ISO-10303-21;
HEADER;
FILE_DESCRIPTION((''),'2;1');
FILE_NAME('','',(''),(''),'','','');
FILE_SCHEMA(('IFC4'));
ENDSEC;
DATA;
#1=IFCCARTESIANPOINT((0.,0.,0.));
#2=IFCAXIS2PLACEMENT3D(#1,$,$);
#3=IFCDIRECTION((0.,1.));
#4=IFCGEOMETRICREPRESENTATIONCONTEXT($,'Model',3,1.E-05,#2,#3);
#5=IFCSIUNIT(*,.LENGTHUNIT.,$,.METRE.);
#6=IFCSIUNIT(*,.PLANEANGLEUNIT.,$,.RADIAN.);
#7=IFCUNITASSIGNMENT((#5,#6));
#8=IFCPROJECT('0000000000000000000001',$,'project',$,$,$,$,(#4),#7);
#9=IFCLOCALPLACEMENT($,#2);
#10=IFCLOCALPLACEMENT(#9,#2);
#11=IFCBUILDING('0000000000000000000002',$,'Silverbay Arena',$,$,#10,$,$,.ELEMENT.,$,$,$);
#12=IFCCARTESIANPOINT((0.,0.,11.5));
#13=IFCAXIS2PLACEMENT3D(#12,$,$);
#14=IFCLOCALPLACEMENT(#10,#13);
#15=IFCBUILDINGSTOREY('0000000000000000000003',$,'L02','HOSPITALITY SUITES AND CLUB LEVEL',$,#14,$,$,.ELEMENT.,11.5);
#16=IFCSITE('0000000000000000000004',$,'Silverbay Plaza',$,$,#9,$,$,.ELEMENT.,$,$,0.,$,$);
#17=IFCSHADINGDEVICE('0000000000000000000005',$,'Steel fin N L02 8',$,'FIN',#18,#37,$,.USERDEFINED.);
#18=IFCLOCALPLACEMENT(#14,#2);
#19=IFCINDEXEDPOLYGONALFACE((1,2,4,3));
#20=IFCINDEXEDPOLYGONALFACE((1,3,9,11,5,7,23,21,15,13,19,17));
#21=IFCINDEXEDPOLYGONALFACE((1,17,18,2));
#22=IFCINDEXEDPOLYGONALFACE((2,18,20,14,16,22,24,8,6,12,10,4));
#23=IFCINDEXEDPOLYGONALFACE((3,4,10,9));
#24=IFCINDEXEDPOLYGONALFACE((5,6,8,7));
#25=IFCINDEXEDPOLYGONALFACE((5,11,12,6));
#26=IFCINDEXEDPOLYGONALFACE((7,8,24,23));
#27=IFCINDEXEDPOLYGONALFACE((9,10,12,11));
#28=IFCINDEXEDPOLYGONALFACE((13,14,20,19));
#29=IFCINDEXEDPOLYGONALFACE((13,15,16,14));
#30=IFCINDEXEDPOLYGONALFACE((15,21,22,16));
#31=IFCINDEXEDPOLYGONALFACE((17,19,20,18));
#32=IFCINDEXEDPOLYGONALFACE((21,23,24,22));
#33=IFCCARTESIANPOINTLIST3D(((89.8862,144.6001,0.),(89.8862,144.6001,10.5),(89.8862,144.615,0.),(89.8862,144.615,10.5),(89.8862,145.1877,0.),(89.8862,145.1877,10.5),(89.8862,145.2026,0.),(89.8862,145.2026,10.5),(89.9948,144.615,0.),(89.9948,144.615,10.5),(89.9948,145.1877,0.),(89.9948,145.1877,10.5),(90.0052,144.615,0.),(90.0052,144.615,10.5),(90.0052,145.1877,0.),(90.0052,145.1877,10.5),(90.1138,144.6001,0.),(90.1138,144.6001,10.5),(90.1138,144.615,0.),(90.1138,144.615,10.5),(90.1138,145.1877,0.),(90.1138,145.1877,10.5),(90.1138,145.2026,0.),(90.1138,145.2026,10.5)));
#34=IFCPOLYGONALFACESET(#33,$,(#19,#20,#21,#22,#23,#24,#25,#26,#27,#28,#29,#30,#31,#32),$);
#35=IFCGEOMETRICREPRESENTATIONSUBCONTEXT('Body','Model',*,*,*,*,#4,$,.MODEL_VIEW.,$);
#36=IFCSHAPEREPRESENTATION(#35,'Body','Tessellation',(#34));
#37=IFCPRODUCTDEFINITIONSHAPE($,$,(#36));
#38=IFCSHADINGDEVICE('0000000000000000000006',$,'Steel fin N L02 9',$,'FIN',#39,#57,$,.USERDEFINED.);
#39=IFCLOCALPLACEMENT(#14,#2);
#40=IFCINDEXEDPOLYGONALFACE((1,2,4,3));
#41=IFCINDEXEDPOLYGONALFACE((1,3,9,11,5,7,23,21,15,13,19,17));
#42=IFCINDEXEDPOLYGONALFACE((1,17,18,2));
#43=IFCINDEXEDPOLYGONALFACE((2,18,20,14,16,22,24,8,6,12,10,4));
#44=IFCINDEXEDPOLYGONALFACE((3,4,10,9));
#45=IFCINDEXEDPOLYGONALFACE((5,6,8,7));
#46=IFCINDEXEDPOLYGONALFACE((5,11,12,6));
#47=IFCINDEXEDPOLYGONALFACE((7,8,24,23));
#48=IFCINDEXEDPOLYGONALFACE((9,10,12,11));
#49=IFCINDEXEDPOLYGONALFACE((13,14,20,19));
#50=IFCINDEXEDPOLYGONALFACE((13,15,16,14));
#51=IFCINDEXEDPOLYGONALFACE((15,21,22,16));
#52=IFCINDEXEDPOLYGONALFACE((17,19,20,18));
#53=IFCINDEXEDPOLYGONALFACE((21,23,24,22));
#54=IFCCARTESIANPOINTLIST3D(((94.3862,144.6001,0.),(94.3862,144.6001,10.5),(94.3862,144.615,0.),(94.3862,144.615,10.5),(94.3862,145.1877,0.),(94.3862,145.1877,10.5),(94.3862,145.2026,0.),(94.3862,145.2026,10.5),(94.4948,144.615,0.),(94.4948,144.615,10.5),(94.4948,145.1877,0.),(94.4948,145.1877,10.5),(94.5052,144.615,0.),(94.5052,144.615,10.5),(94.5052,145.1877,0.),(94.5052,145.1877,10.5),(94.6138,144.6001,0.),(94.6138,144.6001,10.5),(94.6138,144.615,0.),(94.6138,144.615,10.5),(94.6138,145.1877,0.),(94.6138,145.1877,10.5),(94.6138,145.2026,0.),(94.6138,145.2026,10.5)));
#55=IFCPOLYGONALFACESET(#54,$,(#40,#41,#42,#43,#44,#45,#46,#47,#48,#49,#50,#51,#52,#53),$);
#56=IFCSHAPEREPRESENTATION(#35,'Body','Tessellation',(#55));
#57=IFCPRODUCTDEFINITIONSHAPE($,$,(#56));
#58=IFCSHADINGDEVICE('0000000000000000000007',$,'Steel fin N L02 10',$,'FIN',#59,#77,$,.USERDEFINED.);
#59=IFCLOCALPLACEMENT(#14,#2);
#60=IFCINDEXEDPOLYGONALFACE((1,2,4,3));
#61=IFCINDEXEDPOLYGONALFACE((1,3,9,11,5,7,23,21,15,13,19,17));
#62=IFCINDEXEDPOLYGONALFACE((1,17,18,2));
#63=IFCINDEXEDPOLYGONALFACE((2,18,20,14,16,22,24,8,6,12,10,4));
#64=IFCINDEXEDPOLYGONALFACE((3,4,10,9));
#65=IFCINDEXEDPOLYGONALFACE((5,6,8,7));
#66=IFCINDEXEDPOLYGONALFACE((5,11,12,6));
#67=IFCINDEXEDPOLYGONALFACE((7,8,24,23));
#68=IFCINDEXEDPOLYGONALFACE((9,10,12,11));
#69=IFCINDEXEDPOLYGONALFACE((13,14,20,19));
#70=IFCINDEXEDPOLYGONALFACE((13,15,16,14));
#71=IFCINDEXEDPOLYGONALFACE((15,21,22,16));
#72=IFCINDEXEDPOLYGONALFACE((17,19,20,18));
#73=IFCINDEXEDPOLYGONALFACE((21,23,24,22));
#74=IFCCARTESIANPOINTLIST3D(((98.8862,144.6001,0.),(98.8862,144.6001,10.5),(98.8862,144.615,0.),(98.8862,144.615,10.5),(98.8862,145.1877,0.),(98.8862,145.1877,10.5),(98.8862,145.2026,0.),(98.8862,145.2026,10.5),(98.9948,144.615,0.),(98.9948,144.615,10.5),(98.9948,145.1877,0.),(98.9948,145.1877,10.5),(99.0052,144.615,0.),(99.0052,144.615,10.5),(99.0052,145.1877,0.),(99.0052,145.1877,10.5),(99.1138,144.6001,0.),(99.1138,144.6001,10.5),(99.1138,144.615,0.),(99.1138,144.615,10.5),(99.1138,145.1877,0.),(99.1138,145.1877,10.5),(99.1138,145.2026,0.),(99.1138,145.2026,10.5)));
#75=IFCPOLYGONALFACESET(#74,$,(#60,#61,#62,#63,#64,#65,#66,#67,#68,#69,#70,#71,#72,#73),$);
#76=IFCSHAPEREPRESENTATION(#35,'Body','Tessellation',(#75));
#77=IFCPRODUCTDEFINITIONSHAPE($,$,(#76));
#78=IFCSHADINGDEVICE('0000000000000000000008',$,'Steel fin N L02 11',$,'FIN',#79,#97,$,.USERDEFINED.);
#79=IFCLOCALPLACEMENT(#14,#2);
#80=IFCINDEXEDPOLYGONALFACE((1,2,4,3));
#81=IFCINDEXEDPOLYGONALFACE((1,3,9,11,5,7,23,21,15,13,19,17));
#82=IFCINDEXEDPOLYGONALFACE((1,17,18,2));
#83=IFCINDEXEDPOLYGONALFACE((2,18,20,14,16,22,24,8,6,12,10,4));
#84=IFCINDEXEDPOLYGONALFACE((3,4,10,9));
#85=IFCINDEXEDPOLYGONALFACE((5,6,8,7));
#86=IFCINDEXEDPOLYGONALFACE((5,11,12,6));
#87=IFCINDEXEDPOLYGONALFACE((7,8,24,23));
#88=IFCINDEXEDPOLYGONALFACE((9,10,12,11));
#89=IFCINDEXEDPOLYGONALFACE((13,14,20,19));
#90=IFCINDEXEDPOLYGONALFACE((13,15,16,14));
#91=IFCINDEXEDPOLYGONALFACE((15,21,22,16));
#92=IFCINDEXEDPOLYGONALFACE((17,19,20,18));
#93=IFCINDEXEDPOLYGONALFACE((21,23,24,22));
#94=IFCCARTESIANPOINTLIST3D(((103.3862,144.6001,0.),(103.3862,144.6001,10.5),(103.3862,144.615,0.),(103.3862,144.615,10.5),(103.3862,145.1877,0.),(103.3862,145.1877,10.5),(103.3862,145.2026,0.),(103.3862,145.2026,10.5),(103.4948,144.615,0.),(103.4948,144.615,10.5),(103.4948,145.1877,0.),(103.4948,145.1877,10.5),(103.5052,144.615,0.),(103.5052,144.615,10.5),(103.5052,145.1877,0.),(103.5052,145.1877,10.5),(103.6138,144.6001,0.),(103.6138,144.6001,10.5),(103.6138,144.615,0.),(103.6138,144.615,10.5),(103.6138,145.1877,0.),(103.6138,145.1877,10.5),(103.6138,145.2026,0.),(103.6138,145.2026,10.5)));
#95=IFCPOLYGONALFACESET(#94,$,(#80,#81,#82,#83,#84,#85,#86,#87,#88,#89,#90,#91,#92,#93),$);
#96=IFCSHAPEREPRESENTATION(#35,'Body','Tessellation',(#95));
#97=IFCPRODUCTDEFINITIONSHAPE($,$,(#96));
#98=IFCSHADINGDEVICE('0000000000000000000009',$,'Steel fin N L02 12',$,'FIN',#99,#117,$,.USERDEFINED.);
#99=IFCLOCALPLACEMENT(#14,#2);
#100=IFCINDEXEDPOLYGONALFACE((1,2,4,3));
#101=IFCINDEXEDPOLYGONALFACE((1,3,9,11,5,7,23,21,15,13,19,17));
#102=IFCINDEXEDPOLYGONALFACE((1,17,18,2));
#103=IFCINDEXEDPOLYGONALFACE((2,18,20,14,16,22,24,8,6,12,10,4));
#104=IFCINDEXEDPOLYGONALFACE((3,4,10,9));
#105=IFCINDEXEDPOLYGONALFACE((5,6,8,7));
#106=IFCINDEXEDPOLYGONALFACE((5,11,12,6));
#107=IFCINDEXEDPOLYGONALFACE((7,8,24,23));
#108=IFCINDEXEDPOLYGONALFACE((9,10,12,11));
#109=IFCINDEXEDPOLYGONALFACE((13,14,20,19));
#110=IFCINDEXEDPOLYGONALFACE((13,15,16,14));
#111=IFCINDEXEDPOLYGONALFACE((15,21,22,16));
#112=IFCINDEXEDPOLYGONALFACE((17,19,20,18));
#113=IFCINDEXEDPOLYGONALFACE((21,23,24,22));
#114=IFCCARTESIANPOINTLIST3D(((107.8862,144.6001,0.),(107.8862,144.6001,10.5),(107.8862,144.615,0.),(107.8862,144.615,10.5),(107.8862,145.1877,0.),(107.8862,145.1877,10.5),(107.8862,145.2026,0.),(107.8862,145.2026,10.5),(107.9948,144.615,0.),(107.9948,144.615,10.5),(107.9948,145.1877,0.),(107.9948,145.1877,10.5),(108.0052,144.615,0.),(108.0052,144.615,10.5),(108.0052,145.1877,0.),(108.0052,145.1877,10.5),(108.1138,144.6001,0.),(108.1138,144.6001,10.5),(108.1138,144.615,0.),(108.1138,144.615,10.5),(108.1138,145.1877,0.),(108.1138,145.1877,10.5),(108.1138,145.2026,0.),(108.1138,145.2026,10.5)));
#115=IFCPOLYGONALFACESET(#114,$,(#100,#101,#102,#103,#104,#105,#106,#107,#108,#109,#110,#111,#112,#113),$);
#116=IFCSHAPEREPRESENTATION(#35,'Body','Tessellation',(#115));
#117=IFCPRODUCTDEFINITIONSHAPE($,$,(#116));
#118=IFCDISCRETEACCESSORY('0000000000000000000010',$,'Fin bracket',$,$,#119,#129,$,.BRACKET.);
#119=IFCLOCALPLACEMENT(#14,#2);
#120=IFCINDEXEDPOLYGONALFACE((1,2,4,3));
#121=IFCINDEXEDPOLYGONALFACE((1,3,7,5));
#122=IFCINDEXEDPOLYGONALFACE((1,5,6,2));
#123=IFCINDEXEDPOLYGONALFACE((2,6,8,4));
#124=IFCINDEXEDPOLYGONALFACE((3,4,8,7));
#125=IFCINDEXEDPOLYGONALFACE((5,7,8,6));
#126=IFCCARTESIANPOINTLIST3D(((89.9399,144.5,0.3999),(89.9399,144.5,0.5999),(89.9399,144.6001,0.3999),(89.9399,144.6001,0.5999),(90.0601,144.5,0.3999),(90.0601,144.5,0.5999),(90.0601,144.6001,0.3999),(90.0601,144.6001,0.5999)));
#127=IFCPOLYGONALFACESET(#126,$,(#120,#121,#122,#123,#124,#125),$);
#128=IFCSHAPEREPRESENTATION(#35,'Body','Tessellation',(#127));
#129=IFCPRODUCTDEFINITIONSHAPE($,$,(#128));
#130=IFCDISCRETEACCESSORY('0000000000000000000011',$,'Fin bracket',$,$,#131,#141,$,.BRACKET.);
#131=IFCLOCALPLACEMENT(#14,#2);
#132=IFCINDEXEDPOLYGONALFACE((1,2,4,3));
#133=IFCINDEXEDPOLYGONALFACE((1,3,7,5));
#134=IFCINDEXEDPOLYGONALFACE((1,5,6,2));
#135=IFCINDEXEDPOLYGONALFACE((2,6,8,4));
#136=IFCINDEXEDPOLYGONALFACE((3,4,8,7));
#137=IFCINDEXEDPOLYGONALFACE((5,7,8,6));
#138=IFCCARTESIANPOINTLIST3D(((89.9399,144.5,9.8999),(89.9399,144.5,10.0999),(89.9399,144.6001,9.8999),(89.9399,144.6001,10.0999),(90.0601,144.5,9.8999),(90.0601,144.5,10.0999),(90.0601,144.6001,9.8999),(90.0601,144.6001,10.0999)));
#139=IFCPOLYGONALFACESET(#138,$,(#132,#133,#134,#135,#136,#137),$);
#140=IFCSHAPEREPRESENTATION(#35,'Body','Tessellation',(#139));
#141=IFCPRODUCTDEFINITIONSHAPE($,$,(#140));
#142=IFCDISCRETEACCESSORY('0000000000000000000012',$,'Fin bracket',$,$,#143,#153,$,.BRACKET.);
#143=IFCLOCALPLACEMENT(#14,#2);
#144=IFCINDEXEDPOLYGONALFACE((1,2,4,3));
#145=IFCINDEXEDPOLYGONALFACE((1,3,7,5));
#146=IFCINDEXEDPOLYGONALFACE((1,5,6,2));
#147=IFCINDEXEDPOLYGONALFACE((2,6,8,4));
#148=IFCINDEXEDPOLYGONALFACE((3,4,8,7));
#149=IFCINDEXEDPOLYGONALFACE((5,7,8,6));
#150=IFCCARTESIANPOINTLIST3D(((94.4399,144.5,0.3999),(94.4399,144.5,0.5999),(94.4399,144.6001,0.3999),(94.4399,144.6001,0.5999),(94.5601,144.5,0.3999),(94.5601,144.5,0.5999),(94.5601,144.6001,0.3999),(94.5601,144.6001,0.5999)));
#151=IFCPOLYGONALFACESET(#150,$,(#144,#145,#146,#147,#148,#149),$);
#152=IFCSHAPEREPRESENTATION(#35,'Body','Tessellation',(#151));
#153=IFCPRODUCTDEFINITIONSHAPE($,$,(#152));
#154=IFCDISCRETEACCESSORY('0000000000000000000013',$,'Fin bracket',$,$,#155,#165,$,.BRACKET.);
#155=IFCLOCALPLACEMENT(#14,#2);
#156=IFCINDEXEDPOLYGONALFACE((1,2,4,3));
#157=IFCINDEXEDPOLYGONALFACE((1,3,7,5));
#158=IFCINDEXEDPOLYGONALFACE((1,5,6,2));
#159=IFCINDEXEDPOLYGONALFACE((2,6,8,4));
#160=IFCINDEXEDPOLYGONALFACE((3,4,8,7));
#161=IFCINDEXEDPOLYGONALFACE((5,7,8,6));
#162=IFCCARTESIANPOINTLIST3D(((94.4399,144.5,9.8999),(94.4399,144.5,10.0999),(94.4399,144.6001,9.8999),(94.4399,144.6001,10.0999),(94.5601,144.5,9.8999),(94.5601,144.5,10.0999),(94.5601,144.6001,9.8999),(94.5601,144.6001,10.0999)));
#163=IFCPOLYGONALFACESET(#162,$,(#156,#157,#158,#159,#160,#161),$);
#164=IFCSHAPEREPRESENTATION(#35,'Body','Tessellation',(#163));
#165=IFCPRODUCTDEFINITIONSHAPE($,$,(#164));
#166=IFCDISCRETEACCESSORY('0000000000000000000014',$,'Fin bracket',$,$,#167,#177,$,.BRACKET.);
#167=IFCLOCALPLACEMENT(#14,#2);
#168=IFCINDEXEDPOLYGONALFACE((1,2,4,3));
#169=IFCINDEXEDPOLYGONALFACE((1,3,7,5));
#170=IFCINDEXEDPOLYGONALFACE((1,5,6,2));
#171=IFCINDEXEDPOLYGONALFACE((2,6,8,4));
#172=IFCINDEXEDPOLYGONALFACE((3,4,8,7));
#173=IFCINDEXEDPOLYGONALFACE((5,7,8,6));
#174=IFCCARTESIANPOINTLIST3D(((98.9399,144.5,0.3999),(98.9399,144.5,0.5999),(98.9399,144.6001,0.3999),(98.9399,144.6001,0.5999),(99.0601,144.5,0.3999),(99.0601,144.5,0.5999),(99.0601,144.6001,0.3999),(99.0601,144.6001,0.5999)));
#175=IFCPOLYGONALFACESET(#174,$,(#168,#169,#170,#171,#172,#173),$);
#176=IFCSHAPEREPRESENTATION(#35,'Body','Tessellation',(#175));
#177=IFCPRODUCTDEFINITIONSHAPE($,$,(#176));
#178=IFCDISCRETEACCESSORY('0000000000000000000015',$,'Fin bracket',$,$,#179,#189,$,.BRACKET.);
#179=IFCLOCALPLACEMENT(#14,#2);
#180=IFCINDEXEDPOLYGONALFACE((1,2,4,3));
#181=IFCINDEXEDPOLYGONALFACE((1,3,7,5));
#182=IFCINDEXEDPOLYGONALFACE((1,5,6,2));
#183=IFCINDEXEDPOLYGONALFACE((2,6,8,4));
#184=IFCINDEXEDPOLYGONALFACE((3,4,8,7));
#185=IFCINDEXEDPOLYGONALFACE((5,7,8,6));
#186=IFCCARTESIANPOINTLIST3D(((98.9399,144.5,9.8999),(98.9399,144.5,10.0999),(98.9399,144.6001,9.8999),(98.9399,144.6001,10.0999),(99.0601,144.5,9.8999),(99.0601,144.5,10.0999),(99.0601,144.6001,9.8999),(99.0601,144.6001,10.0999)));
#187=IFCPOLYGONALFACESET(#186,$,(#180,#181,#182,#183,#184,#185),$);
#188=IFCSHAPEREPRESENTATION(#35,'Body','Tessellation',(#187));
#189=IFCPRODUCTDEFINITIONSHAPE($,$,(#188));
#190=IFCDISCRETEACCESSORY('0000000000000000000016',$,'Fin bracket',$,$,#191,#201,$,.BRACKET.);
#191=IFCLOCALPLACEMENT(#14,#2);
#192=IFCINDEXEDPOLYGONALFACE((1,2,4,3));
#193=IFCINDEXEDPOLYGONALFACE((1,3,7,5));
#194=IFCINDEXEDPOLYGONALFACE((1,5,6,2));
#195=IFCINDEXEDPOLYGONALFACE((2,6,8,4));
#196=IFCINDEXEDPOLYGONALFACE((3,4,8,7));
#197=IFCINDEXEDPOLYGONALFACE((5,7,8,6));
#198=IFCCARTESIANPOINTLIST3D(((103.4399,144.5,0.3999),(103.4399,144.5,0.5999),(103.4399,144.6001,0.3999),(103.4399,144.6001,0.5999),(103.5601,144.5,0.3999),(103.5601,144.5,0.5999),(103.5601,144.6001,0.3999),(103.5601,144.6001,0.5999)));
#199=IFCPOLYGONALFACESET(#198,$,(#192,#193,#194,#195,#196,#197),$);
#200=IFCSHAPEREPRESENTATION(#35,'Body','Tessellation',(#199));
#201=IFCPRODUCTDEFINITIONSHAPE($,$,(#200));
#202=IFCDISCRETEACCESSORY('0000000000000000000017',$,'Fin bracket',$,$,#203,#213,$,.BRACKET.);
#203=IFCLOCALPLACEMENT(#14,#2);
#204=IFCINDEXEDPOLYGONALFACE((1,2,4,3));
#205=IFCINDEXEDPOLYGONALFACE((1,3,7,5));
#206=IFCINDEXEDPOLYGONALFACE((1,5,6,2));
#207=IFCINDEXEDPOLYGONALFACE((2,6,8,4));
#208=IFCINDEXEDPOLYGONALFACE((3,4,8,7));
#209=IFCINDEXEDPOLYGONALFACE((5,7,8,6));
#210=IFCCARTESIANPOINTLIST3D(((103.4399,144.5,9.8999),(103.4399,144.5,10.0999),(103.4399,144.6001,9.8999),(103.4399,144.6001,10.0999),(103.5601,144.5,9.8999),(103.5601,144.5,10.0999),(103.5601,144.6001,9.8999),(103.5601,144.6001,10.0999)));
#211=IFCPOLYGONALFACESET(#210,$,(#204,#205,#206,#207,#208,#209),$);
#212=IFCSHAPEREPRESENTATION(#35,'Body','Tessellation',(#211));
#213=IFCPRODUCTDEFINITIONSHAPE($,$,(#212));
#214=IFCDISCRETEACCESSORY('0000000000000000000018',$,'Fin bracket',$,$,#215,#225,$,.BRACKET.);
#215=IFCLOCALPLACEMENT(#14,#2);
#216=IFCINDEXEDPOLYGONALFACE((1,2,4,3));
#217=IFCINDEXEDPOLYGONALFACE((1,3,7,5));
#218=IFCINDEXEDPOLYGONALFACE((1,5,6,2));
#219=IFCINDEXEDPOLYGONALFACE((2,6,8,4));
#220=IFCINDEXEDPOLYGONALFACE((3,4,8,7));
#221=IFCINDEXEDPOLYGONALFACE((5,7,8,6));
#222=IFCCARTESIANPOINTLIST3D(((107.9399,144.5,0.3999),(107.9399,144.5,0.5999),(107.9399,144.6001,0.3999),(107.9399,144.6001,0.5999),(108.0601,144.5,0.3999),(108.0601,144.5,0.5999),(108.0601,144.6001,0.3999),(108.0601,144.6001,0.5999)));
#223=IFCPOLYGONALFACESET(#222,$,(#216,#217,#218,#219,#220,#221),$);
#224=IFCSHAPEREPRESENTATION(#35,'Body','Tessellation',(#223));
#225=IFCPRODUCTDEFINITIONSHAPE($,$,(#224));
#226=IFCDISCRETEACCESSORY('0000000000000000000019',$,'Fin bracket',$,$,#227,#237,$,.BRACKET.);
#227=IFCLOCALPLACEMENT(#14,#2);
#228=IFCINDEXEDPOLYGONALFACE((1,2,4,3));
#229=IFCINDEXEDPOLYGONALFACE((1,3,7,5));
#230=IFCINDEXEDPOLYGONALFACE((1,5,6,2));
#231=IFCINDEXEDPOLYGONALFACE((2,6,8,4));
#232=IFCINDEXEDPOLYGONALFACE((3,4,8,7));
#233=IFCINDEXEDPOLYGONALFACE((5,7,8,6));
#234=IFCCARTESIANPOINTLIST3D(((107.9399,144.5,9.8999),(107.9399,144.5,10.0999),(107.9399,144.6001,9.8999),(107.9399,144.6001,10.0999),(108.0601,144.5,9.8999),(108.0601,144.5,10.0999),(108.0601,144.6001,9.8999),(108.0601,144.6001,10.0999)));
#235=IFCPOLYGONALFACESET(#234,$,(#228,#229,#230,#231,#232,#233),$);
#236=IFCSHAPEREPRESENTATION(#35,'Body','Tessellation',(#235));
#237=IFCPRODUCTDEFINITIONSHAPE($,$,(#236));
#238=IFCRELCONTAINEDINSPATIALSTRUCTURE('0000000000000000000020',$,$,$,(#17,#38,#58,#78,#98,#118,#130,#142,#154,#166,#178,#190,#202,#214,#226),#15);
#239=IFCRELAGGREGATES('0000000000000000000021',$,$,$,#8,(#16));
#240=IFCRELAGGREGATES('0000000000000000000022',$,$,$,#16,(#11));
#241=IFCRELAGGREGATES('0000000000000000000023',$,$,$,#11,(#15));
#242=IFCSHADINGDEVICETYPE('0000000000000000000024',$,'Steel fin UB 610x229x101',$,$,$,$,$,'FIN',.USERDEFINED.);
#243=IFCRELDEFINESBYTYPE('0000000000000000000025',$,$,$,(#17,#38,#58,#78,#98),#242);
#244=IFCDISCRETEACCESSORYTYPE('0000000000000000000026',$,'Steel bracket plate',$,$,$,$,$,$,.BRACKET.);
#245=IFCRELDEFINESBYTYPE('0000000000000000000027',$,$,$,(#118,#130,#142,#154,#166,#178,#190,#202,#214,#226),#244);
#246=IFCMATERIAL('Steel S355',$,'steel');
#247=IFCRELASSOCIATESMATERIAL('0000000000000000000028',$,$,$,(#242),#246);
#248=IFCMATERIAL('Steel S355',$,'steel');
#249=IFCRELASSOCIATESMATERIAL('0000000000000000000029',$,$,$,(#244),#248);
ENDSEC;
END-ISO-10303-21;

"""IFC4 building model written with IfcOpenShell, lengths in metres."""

from ifc_helpers import new_model, si_unit, direction, frame, origin, origin_2d, place, context, subcontext, project, spatial, rectangle, i_section, extrude, material, material_profile, profile_set, type_object, element, save


model = new_model("IFC4")

# Units and contexts
model_context = context("Model", 3, precision=1e-05, world=origin(), true_north=direction((0.0, 1.0)))
body_context = subcontext(model_context, "Body", "Model", "MODEL_VIEW")
ifc_project = project(units=[si_unit("LENGTHUNIT", "METRE"), si_unit("PLANEANGLEUNIT", "RADIAN")], contexts=[model_context])

# Site, building, storey
site_placement = place(None, origin())
site = spatial("IfcSite", under=ifc_project, at=site_placement, Name="Silverbay Plaza", CompositionType="ELEMENT", RefElevation=0.0)
building_placement = place(site_placement, origin())
building = spatial("IfcBuilding", under=site, at=building_placement, Name="Silverbay Arena", CompositionType="ELEMENT")
storey_placement = place(building_placement, frame((0.0, 0.0, 11.5)))
storey = spatial("IfcBuildingStorey", under=building, at=storey_placement, Name="L02", Description="HOSPITALITY SUITES AND CLUB LEVEL", CompositionType="ELEMENT", Elevation=11.5)

# Shading devices
ifc_material_1 = material(Name="Steel S355", Category="steel")
ifc_material_profile = material_profile(ifc_material_1, i_section(OverallWidth=0.2275, OverallDepth=0.6025, WebThickness=0.0105, FlangeThickness=0.0149, at=origin_2d()), Name="UB 610x229x101")
ifc_profile_set = profile_set([ifc_material_profile], Name="Steel S355")
shading_device_type = type_object("IfcShadingDeviceType", Name="Steel fin UB 610x229x101", ElementType="FIN", PredefinedType="USERDEFINED", material=ifc_profile_set)
for number, where, z_axis, x_axis, name in (
    (1, (90.0, 144.9014, 0.0), (0.0, 0.0, 1.0), (1.0, 0.0, 0.0), "Steel fin N L02 8"),
    (2, (94.5, 144.9014, 0.0), (0.0, 0.0, 1.0), (1.0, 0.0, 0.0), "Steel fin N L02 9"),
    (3, (99.0, 144.9014, 0.0), (0.0, 0.0, 1.0), (1.0, 0.0, 0.0), "Steel fin N L02 10"),
    (4, (103.5, 144.9014, 0.0), (0.0, 0.0, 1.0), (1.0, 0.0, 0.0), "Steel fin N L02 11"),
    (5, (108.0, 144.9014, 0.0), (0.0, 0.0, 1.0), (1.0, 0.0, 0.0), "Steel fin N L02 12"),
):
    element("IfcShadingDevice", number, at=place(storey_placement, frame(where, z_axis=z_axis, x_axis=x_axis)), inside=storey, type_object=shading_device_type, Name=name, ObjectType="FIN", PredefinedType="USERDEFINED", context=body_context, shape_type="SweptSolid", body=[
        extrude(i_section(OverallWidth=0.2275, OverallDepth=0.6025, WebThickness=0.0105, FlangeThickness=0.0149, at=origin_2d()), origin(), (0.0, 0.0, 1.0), 10.5),
    ])

# Discrete accessories
ifc_material_2 = material(Name="Steel S355", Category="steel")
discrete_accessory_type = type_object("IfcDiscreteAccessoryType", Name="Steel bracket plate", PredefinedType="BRACKET", material=ifc_material_2)
for number, where, z_axis, x_axis, name in (
    (6, (90.0, 144.55, 0.3999), (0.0, 0.0, 1.0), (1.0, 0.0, 0.0), "Fin bracket"),
    (7, (90.0, 144.55, 9.8999), (0.0, 0.0, 1.0), (1.0, 0.0, 0.0), "Fin bracket"),
    (8, (94.5, 144.55, 0.3999), (0.0, 0.0, 1.0), (1.0, 0.0, 0.0), "Fin bracket"),
    (9, (94.5, 144.55, 9.8999), (0.0, 0.0, 1.0), (1.0, 0.0, 0.0), "Fin bracket"),
    (10, (99.0, 144.55, 0.3999), (0.0, 0.0, 1.0), (1.0, 0.0, 0.0), "Fin bracket"),
    (11, (99.0, 144.55, 9.8999), (0.0, 0.0, 1.0), (1.0, 0.0, 0.0), "Fin bracket"),
    (12, (103.5, 144.55, 0.3999), (0.0, 0.0, 1.0), (1.0, 0.0, 0.0), "Fin bracket"),
    (13, (103.5, 144.55, 9.8999), (0.0, 0.0, 1.0), (1.0, 0.0, 0.0), "Fin bracket"),
    (14, (108.0, 144.55, 0.3999), (0.0, 0.0, 1.0), (1.0, 0.0, 0.0), "Fin bracket"),
    (15, (108.0, 144.55, 9.8999), (0.0, 0.0, 1.0), (1.0, 0.0, 0.0), "Fin bracket"),
):
    element("IfcDiscreteAccessory", number, at=place(storey_placement, frame(where, z_axis=z_axis, x_axis=x_axis)), inside=storey, type_object=discrete_accessory_type, Name=name, PredefinedType="BRACKET", context=body_context, shape_type="SweptSolid", body=[
        extrude(rectangle(XDim=0.1201, YDim=0.1001, at=origin_2d()), origin(), (0.0, 0.0, 1.0), 0.2),
    ])

save(model, "model.ifc")
